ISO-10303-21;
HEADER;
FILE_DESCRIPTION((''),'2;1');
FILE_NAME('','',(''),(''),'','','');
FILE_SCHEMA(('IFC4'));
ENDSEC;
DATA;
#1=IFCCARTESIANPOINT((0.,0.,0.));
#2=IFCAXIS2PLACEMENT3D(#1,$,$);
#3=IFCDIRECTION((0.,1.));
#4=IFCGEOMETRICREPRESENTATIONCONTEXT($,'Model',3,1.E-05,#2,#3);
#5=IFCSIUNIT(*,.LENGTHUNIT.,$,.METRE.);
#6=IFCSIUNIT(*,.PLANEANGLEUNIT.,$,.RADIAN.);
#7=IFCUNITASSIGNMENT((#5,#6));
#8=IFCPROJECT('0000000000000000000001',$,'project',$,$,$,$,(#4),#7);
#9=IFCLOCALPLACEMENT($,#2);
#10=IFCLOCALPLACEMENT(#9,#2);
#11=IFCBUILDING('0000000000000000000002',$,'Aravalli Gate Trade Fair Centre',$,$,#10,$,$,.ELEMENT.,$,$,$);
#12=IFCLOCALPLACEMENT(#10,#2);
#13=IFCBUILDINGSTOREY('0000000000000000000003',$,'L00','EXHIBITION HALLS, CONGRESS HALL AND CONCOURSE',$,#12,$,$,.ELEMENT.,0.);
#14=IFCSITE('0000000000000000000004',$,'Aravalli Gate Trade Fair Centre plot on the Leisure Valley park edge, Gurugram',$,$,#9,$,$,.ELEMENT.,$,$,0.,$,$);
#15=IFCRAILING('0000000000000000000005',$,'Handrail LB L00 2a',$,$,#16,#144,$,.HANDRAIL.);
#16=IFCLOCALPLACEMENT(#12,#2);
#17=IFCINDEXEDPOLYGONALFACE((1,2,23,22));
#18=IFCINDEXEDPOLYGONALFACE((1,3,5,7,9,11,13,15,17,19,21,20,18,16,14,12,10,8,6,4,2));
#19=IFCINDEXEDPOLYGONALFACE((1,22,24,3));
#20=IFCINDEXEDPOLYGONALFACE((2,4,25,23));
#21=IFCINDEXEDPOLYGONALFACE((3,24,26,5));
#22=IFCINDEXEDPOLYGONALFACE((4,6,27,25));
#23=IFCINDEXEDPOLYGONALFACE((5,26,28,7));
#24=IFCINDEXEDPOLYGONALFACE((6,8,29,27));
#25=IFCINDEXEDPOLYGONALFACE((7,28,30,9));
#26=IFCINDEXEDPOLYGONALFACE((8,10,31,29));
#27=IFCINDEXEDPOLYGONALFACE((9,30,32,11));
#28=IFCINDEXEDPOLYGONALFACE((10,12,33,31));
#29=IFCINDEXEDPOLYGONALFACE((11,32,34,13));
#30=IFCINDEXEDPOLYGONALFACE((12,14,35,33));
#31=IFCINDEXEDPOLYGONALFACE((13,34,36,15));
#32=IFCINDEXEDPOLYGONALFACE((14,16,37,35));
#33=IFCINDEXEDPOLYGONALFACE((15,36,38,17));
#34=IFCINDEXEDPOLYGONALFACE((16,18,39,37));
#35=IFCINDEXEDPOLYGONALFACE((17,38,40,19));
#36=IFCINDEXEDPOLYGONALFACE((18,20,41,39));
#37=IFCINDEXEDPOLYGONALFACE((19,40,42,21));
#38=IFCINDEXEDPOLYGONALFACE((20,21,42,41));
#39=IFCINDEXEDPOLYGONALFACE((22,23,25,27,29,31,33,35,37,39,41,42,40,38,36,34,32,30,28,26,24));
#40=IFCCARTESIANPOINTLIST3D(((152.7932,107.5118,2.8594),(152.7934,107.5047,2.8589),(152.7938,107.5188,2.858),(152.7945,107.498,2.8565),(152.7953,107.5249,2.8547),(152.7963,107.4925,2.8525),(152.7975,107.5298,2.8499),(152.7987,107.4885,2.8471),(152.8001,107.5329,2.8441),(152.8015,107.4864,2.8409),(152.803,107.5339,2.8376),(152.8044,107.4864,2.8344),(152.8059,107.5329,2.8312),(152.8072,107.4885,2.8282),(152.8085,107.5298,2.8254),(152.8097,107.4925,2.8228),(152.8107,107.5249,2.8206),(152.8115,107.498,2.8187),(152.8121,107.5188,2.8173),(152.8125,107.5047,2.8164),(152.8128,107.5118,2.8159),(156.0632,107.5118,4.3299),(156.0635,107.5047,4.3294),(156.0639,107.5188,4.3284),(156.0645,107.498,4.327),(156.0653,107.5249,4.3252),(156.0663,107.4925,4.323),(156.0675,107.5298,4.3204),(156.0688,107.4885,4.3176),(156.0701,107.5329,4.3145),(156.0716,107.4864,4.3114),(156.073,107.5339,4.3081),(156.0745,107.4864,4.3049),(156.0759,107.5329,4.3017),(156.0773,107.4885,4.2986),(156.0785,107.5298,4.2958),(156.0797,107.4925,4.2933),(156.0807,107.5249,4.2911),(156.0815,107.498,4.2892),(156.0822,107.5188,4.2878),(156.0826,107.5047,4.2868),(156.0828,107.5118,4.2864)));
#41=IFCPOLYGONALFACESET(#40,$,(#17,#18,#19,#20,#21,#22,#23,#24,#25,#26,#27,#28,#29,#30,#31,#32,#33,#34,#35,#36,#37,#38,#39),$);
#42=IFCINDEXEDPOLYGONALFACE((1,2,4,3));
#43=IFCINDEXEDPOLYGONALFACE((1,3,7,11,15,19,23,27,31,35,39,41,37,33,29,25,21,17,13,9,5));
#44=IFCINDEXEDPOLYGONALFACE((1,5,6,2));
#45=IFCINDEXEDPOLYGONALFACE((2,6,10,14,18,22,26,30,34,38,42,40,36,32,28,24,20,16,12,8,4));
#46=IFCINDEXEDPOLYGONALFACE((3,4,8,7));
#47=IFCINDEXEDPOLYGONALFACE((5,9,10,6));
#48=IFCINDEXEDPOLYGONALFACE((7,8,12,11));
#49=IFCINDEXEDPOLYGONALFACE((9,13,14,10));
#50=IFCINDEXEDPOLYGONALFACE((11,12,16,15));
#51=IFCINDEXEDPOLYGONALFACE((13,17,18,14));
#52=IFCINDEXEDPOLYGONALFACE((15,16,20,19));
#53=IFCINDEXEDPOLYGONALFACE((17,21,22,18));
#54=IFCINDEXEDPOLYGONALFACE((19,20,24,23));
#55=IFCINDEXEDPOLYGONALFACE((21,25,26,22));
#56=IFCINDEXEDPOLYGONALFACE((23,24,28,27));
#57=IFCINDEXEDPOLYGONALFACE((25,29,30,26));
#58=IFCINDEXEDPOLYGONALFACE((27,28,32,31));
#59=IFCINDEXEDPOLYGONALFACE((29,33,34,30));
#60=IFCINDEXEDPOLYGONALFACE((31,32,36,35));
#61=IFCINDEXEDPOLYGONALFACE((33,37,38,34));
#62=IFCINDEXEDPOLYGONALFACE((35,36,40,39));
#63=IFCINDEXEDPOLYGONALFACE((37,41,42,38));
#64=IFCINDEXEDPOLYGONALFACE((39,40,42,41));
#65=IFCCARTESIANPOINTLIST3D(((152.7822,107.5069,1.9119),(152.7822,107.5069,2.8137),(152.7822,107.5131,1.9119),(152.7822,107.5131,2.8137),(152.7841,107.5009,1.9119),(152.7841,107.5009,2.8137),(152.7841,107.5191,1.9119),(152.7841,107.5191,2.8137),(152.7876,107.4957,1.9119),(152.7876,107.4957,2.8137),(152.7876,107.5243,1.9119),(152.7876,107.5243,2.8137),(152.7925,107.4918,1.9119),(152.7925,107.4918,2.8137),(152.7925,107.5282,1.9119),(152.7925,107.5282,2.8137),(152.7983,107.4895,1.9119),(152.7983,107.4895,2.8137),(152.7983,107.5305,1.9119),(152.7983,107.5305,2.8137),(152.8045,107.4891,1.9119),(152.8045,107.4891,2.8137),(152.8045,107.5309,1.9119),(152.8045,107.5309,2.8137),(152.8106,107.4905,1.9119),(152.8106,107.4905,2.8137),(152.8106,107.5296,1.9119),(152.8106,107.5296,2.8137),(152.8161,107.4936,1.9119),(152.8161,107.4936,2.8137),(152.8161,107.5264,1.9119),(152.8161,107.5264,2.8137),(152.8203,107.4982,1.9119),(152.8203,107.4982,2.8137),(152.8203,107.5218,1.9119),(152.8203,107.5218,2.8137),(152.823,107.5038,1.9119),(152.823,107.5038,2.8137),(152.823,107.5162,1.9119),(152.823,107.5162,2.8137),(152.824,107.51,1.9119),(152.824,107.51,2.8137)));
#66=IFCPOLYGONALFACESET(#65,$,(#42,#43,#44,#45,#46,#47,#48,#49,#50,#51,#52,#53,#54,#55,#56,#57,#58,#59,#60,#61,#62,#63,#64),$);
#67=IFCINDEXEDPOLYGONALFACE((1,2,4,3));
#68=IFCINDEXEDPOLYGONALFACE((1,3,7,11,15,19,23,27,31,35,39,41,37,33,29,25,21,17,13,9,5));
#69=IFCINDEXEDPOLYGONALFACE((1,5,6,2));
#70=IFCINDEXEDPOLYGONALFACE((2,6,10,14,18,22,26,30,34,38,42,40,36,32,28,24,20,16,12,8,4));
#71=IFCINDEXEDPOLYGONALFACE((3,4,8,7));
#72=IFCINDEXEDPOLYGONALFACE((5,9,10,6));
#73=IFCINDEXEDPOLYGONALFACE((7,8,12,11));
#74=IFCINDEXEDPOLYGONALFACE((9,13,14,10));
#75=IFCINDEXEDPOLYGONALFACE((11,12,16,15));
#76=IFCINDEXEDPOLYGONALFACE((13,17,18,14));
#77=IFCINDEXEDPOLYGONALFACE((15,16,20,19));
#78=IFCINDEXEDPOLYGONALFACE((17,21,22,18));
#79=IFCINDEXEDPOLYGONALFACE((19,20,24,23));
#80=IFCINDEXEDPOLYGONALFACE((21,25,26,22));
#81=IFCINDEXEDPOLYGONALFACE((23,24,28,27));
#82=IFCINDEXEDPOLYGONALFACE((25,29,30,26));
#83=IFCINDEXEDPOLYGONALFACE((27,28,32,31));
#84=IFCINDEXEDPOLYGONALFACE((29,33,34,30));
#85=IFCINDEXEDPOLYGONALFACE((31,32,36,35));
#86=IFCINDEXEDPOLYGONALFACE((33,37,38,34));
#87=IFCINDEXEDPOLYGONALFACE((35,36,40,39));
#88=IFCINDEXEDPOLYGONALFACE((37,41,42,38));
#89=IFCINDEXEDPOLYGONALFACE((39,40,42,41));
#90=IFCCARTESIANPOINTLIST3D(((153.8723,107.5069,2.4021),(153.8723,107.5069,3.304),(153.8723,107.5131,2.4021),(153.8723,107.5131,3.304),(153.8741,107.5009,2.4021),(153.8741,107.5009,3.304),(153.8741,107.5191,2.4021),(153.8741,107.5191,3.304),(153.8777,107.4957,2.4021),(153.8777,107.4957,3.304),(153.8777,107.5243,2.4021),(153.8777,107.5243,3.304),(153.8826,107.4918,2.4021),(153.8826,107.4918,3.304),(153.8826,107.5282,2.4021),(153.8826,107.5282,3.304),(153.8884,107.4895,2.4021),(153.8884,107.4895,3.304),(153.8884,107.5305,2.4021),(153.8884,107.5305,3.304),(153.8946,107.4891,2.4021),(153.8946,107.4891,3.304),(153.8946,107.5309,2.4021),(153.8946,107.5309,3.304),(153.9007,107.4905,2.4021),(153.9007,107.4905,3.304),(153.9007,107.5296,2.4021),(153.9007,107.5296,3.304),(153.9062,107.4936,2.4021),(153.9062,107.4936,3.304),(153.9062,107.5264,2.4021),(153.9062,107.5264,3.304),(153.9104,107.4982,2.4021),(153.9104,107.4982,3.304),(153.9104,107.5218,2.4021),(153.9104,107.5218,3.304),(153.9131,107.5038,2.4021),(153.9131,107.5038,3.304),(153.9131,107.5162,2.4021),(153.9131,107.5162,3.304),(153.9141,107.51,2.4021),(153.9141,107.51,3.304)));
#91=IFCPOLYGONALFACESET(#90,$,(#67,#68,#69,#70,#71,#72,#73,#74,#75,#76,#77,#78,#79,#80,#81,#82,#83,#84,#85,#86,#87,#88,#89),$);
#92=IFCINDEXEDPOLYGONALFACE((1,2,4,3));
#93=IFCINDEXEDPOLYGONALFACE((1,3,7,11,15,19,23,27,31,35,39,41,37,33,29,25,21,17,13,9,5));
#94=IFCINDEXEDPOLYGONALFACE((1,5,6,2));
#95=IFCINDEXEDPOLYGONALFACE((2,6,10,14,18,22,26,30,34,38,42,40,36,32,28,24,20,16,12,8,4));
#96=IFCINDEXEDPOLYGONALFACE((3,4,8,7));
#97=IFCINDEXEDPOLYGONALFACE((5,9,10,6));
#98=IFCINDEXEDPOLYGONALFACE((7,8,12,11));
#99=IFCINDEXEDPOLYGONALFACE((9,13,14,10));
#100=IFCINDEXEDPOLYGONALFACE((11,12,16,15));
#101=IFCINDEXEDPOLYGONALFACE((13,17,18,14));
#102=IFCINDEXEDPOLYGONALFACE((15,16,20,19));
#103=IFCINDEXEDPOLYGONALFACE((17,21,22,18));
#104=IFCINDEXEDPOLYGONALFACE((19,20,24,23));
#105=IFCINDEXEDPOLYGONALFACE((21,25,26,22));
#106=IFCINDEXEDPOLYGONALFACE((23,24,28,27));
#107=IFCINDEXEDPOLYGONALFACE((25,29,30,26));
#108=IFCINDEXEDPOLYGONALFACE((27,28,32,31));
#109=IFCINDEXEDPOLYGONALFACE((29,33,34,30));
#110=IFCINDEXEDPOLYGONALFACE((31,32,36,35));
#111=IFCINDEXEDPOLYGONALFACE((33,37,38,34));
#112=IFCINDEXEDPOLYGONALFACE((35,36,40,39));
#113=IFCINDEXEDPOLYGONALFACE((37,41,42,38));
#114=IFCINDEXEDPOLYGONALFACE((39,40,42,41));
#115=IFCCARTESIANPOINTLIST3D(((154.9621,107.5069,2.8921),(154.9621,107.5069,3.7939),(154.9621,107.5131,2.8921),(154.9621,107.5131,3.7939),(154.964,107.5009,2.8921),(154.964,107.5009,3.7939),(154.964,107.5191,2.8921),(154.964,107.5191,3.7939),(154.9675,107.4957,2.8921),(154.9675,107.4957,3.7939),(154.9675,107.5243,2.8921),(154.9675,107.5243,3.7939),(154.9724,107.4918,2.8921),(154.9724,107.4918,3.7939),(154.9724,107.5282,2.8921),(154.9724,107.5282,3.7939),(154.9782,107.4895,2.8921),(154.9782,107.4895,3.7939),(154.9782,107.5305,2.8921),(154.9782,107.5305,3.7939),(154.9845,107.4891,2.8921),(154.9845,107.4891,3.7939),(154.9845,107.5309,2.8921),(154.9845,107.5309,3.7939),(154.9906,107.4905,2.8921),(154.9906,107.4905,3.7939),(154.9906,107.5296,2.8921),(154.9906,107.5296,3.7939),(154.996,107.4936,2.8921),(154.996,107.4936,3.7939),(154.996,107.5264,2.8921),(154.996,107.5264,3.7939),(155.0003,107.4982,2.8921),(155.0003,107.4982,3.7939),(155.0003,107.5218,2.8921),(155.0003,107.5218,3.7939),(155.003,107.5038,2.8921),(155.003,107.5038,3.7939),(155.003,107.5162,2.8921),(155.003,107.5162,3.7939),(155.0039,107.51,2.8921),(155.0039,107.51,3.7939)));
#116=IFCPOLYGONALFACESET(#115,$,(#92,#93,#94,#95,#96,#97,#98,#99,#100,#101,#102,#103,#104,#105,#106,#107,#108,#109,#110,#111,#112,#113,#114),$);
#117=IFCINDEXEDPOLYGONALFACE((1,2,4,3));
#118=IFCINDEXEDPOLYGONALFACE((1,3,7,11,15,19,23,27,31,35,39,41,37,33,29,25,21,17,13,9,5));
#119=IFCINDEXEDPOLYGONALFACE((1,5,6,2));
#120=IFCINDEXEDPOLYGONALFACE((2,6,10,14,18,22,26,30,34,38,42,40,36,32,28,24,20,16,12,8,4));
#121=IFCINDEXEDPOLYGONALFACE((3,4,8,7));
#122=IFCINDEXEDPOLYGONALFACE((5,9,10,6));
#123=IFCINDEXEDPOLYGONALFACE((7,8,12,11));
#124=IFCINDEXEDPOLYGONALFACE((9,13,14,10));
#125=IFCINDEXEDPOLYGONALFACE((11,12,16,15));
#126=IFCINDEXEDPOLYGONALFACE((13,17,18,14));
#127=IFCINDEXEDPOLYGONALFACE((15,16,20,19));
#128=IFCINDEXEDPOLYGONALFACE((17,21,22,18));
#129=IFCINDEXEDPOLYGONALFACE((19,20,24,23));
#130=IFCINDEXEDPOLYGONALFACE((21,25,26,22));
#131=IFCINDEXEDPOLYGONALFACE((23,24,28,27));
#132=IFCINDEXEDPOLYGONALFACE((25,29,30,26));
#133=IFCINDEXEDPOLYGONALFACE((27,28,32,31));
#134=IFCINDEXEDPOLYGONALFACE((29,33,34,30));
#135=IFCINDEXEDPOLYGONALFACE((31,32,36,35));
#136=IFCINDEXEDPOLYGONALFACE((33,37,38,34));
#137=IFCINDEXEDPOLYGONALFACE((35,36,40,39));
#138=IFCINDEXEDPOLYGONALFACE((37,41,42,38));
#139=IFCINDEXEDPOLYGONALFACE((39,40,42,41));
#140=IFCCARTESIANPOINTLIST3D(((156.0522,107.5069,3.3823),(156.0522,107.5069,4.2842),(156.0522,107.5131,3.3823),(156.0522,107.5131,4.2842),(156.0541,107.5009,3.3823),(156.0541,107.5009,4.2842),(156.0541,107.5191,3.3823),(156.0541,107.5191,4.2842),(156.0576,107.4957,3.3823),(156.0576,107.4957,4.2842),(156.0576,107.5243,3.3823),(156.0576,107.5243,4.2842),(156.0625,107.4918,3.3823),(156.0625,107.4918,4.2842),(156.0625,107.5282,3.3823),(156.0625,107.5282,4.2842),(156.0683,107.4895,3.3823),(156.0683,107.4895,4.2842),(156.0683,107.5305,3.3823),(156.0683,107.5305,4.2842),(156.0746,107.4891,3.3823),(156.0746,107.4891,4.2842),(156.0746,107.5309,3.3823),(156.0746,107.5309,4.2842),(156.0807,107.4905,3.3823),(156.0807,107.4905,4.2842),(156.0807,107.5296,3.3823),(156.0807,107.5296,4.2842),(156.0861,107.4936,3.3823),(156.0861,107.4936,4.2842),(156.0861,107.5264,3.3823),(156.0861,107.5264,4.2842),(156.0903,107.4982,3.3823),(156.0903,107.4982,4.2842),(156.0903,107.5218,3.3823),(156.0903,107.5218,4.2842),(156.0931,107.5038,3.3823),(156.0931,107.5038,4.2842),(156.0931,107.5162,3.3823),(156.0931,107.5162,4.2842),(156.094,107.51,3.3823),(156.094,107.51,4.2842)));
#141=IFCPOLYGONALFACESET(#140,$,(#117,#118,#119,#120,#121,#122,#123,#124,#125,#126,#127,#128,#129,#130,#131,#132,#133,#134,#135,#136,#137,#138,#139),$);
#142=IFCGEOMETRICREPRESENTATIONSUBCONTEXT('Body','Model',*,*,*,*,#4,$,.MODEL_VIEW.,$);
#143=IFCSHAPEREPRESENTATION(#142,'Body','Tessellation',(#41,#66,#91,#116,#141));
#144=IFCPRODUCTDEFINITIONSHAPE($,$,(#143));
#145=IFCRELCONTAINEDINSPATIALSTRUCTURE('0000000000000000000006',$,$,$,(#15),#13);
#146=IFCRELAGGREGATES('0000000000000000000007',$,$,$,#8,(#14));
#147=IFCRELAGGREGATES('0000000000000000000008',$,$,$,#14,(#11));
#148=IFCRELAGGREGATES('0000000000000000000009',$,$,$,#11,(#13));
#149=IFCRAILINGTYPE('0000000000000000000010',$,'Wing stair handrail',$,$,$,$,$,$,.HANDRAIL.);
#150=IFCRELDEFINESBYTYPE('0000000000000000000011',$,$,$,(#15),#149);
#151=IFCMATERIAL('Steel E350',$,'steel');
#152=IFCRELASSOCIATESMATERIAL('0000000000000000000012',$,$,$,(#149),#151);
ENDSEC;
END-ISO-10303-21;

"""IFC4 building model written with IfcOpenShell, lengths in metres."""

from ifc_helpers import new_model, si_unit, direction, frame, origin, origin_2d, place, context, subcontext, project, spatial, circle, extrude, material, type_object, element, save


model = new_model("IFC4")

# Units and contexts
model_context = context("Model", 3, precision=1e-05, world=origin(), true_north=direction((0.0, 1.0)))
body_context = subcontext(model_context, "Body", "Model", "MODEL_VIEW")
ifc_project = project(units=[si_unit("LENGTHUNIT", "METRE"), si_unit("PLANEANGLEUNIT", "RADIAN")], contexts=[model_context])

# Site, building, storey
site_placement = place(None, origin())
site = spatial("IfcSite", under=ifc_project, at=site_placement, Name="Aravalli Gate Trade Fair Centre plot on the Leisure Valley park edge, Gurugram", CompositionType="ELEMENT", RefElevation=0.0)
building_placement = place(site_placement, origin())
building = spatial("IfcBuilding", under=site, at=building_placement, Name="Aravalli Gate Trade Fair Centre", CompositionType="ELEMENT")
storey_placement = place(building_placement, origin())
storey = spatial("IfcBuildingStorey", under=building, at=storey_placement, Name="L00", Description="EXHIBITION HALLS, CONGRESS HALL AND CONCOURSE", CompositionType="ELEMENT", Elevation=0.0)

# Shared definitions
ifc_material_1 = material(Name="Steel E350", Category="steel")

# Railing
railing_type_1 = type_object("IfcRailingType", Name="Wing stair handrail", PredefinedType="HANDRAIL", material=ifc_material_1)
railing_1_placement = place(storey_placement, frame((152.803, 107.51, 1.9119)))
element("IfcRailing", 1, at=railing_1_placement, inside=storey, type_object=railing_type_1, Name="Handrail LB L00 2a", PredefinedType="HANDRAIL", context=body_context, shape_type="SweptSolid", body=[
    extrude(circle(Radius=0.0239, at=origin_2d()), frame((0.0, 0.0, 0.9258), z_axis=(0.912031, 0.0, 0.410121), x_axis=(0.0, 1.0, 0.0)), (0.0, 0.0, 1.0), 3.5854),
    extrude(circle(Radius=0.021, at=origin_2d()), origin(), (0.0, 0.0, 1.0), 0.9019),
    extrude(circle(Radius=0.021, at=origin_2d()), frame((1.0901, 0.0, 0.4902)), (0.0, 0.0, 1.0), 0.9019),
    extrude(circle(Radius=0.021, at=origin_2d()), frame((2.1799, 0.0, 0.9802)), (0.0, 0.0, 1.0), 0.9019),
    extrude(circle(Radius=0.021, at=origin_2d()), frame((3.27, 0.0, 1.4705)), (0.0, 0.0, 1.0), 0.9019),
])

save(model, "model.ifc")
